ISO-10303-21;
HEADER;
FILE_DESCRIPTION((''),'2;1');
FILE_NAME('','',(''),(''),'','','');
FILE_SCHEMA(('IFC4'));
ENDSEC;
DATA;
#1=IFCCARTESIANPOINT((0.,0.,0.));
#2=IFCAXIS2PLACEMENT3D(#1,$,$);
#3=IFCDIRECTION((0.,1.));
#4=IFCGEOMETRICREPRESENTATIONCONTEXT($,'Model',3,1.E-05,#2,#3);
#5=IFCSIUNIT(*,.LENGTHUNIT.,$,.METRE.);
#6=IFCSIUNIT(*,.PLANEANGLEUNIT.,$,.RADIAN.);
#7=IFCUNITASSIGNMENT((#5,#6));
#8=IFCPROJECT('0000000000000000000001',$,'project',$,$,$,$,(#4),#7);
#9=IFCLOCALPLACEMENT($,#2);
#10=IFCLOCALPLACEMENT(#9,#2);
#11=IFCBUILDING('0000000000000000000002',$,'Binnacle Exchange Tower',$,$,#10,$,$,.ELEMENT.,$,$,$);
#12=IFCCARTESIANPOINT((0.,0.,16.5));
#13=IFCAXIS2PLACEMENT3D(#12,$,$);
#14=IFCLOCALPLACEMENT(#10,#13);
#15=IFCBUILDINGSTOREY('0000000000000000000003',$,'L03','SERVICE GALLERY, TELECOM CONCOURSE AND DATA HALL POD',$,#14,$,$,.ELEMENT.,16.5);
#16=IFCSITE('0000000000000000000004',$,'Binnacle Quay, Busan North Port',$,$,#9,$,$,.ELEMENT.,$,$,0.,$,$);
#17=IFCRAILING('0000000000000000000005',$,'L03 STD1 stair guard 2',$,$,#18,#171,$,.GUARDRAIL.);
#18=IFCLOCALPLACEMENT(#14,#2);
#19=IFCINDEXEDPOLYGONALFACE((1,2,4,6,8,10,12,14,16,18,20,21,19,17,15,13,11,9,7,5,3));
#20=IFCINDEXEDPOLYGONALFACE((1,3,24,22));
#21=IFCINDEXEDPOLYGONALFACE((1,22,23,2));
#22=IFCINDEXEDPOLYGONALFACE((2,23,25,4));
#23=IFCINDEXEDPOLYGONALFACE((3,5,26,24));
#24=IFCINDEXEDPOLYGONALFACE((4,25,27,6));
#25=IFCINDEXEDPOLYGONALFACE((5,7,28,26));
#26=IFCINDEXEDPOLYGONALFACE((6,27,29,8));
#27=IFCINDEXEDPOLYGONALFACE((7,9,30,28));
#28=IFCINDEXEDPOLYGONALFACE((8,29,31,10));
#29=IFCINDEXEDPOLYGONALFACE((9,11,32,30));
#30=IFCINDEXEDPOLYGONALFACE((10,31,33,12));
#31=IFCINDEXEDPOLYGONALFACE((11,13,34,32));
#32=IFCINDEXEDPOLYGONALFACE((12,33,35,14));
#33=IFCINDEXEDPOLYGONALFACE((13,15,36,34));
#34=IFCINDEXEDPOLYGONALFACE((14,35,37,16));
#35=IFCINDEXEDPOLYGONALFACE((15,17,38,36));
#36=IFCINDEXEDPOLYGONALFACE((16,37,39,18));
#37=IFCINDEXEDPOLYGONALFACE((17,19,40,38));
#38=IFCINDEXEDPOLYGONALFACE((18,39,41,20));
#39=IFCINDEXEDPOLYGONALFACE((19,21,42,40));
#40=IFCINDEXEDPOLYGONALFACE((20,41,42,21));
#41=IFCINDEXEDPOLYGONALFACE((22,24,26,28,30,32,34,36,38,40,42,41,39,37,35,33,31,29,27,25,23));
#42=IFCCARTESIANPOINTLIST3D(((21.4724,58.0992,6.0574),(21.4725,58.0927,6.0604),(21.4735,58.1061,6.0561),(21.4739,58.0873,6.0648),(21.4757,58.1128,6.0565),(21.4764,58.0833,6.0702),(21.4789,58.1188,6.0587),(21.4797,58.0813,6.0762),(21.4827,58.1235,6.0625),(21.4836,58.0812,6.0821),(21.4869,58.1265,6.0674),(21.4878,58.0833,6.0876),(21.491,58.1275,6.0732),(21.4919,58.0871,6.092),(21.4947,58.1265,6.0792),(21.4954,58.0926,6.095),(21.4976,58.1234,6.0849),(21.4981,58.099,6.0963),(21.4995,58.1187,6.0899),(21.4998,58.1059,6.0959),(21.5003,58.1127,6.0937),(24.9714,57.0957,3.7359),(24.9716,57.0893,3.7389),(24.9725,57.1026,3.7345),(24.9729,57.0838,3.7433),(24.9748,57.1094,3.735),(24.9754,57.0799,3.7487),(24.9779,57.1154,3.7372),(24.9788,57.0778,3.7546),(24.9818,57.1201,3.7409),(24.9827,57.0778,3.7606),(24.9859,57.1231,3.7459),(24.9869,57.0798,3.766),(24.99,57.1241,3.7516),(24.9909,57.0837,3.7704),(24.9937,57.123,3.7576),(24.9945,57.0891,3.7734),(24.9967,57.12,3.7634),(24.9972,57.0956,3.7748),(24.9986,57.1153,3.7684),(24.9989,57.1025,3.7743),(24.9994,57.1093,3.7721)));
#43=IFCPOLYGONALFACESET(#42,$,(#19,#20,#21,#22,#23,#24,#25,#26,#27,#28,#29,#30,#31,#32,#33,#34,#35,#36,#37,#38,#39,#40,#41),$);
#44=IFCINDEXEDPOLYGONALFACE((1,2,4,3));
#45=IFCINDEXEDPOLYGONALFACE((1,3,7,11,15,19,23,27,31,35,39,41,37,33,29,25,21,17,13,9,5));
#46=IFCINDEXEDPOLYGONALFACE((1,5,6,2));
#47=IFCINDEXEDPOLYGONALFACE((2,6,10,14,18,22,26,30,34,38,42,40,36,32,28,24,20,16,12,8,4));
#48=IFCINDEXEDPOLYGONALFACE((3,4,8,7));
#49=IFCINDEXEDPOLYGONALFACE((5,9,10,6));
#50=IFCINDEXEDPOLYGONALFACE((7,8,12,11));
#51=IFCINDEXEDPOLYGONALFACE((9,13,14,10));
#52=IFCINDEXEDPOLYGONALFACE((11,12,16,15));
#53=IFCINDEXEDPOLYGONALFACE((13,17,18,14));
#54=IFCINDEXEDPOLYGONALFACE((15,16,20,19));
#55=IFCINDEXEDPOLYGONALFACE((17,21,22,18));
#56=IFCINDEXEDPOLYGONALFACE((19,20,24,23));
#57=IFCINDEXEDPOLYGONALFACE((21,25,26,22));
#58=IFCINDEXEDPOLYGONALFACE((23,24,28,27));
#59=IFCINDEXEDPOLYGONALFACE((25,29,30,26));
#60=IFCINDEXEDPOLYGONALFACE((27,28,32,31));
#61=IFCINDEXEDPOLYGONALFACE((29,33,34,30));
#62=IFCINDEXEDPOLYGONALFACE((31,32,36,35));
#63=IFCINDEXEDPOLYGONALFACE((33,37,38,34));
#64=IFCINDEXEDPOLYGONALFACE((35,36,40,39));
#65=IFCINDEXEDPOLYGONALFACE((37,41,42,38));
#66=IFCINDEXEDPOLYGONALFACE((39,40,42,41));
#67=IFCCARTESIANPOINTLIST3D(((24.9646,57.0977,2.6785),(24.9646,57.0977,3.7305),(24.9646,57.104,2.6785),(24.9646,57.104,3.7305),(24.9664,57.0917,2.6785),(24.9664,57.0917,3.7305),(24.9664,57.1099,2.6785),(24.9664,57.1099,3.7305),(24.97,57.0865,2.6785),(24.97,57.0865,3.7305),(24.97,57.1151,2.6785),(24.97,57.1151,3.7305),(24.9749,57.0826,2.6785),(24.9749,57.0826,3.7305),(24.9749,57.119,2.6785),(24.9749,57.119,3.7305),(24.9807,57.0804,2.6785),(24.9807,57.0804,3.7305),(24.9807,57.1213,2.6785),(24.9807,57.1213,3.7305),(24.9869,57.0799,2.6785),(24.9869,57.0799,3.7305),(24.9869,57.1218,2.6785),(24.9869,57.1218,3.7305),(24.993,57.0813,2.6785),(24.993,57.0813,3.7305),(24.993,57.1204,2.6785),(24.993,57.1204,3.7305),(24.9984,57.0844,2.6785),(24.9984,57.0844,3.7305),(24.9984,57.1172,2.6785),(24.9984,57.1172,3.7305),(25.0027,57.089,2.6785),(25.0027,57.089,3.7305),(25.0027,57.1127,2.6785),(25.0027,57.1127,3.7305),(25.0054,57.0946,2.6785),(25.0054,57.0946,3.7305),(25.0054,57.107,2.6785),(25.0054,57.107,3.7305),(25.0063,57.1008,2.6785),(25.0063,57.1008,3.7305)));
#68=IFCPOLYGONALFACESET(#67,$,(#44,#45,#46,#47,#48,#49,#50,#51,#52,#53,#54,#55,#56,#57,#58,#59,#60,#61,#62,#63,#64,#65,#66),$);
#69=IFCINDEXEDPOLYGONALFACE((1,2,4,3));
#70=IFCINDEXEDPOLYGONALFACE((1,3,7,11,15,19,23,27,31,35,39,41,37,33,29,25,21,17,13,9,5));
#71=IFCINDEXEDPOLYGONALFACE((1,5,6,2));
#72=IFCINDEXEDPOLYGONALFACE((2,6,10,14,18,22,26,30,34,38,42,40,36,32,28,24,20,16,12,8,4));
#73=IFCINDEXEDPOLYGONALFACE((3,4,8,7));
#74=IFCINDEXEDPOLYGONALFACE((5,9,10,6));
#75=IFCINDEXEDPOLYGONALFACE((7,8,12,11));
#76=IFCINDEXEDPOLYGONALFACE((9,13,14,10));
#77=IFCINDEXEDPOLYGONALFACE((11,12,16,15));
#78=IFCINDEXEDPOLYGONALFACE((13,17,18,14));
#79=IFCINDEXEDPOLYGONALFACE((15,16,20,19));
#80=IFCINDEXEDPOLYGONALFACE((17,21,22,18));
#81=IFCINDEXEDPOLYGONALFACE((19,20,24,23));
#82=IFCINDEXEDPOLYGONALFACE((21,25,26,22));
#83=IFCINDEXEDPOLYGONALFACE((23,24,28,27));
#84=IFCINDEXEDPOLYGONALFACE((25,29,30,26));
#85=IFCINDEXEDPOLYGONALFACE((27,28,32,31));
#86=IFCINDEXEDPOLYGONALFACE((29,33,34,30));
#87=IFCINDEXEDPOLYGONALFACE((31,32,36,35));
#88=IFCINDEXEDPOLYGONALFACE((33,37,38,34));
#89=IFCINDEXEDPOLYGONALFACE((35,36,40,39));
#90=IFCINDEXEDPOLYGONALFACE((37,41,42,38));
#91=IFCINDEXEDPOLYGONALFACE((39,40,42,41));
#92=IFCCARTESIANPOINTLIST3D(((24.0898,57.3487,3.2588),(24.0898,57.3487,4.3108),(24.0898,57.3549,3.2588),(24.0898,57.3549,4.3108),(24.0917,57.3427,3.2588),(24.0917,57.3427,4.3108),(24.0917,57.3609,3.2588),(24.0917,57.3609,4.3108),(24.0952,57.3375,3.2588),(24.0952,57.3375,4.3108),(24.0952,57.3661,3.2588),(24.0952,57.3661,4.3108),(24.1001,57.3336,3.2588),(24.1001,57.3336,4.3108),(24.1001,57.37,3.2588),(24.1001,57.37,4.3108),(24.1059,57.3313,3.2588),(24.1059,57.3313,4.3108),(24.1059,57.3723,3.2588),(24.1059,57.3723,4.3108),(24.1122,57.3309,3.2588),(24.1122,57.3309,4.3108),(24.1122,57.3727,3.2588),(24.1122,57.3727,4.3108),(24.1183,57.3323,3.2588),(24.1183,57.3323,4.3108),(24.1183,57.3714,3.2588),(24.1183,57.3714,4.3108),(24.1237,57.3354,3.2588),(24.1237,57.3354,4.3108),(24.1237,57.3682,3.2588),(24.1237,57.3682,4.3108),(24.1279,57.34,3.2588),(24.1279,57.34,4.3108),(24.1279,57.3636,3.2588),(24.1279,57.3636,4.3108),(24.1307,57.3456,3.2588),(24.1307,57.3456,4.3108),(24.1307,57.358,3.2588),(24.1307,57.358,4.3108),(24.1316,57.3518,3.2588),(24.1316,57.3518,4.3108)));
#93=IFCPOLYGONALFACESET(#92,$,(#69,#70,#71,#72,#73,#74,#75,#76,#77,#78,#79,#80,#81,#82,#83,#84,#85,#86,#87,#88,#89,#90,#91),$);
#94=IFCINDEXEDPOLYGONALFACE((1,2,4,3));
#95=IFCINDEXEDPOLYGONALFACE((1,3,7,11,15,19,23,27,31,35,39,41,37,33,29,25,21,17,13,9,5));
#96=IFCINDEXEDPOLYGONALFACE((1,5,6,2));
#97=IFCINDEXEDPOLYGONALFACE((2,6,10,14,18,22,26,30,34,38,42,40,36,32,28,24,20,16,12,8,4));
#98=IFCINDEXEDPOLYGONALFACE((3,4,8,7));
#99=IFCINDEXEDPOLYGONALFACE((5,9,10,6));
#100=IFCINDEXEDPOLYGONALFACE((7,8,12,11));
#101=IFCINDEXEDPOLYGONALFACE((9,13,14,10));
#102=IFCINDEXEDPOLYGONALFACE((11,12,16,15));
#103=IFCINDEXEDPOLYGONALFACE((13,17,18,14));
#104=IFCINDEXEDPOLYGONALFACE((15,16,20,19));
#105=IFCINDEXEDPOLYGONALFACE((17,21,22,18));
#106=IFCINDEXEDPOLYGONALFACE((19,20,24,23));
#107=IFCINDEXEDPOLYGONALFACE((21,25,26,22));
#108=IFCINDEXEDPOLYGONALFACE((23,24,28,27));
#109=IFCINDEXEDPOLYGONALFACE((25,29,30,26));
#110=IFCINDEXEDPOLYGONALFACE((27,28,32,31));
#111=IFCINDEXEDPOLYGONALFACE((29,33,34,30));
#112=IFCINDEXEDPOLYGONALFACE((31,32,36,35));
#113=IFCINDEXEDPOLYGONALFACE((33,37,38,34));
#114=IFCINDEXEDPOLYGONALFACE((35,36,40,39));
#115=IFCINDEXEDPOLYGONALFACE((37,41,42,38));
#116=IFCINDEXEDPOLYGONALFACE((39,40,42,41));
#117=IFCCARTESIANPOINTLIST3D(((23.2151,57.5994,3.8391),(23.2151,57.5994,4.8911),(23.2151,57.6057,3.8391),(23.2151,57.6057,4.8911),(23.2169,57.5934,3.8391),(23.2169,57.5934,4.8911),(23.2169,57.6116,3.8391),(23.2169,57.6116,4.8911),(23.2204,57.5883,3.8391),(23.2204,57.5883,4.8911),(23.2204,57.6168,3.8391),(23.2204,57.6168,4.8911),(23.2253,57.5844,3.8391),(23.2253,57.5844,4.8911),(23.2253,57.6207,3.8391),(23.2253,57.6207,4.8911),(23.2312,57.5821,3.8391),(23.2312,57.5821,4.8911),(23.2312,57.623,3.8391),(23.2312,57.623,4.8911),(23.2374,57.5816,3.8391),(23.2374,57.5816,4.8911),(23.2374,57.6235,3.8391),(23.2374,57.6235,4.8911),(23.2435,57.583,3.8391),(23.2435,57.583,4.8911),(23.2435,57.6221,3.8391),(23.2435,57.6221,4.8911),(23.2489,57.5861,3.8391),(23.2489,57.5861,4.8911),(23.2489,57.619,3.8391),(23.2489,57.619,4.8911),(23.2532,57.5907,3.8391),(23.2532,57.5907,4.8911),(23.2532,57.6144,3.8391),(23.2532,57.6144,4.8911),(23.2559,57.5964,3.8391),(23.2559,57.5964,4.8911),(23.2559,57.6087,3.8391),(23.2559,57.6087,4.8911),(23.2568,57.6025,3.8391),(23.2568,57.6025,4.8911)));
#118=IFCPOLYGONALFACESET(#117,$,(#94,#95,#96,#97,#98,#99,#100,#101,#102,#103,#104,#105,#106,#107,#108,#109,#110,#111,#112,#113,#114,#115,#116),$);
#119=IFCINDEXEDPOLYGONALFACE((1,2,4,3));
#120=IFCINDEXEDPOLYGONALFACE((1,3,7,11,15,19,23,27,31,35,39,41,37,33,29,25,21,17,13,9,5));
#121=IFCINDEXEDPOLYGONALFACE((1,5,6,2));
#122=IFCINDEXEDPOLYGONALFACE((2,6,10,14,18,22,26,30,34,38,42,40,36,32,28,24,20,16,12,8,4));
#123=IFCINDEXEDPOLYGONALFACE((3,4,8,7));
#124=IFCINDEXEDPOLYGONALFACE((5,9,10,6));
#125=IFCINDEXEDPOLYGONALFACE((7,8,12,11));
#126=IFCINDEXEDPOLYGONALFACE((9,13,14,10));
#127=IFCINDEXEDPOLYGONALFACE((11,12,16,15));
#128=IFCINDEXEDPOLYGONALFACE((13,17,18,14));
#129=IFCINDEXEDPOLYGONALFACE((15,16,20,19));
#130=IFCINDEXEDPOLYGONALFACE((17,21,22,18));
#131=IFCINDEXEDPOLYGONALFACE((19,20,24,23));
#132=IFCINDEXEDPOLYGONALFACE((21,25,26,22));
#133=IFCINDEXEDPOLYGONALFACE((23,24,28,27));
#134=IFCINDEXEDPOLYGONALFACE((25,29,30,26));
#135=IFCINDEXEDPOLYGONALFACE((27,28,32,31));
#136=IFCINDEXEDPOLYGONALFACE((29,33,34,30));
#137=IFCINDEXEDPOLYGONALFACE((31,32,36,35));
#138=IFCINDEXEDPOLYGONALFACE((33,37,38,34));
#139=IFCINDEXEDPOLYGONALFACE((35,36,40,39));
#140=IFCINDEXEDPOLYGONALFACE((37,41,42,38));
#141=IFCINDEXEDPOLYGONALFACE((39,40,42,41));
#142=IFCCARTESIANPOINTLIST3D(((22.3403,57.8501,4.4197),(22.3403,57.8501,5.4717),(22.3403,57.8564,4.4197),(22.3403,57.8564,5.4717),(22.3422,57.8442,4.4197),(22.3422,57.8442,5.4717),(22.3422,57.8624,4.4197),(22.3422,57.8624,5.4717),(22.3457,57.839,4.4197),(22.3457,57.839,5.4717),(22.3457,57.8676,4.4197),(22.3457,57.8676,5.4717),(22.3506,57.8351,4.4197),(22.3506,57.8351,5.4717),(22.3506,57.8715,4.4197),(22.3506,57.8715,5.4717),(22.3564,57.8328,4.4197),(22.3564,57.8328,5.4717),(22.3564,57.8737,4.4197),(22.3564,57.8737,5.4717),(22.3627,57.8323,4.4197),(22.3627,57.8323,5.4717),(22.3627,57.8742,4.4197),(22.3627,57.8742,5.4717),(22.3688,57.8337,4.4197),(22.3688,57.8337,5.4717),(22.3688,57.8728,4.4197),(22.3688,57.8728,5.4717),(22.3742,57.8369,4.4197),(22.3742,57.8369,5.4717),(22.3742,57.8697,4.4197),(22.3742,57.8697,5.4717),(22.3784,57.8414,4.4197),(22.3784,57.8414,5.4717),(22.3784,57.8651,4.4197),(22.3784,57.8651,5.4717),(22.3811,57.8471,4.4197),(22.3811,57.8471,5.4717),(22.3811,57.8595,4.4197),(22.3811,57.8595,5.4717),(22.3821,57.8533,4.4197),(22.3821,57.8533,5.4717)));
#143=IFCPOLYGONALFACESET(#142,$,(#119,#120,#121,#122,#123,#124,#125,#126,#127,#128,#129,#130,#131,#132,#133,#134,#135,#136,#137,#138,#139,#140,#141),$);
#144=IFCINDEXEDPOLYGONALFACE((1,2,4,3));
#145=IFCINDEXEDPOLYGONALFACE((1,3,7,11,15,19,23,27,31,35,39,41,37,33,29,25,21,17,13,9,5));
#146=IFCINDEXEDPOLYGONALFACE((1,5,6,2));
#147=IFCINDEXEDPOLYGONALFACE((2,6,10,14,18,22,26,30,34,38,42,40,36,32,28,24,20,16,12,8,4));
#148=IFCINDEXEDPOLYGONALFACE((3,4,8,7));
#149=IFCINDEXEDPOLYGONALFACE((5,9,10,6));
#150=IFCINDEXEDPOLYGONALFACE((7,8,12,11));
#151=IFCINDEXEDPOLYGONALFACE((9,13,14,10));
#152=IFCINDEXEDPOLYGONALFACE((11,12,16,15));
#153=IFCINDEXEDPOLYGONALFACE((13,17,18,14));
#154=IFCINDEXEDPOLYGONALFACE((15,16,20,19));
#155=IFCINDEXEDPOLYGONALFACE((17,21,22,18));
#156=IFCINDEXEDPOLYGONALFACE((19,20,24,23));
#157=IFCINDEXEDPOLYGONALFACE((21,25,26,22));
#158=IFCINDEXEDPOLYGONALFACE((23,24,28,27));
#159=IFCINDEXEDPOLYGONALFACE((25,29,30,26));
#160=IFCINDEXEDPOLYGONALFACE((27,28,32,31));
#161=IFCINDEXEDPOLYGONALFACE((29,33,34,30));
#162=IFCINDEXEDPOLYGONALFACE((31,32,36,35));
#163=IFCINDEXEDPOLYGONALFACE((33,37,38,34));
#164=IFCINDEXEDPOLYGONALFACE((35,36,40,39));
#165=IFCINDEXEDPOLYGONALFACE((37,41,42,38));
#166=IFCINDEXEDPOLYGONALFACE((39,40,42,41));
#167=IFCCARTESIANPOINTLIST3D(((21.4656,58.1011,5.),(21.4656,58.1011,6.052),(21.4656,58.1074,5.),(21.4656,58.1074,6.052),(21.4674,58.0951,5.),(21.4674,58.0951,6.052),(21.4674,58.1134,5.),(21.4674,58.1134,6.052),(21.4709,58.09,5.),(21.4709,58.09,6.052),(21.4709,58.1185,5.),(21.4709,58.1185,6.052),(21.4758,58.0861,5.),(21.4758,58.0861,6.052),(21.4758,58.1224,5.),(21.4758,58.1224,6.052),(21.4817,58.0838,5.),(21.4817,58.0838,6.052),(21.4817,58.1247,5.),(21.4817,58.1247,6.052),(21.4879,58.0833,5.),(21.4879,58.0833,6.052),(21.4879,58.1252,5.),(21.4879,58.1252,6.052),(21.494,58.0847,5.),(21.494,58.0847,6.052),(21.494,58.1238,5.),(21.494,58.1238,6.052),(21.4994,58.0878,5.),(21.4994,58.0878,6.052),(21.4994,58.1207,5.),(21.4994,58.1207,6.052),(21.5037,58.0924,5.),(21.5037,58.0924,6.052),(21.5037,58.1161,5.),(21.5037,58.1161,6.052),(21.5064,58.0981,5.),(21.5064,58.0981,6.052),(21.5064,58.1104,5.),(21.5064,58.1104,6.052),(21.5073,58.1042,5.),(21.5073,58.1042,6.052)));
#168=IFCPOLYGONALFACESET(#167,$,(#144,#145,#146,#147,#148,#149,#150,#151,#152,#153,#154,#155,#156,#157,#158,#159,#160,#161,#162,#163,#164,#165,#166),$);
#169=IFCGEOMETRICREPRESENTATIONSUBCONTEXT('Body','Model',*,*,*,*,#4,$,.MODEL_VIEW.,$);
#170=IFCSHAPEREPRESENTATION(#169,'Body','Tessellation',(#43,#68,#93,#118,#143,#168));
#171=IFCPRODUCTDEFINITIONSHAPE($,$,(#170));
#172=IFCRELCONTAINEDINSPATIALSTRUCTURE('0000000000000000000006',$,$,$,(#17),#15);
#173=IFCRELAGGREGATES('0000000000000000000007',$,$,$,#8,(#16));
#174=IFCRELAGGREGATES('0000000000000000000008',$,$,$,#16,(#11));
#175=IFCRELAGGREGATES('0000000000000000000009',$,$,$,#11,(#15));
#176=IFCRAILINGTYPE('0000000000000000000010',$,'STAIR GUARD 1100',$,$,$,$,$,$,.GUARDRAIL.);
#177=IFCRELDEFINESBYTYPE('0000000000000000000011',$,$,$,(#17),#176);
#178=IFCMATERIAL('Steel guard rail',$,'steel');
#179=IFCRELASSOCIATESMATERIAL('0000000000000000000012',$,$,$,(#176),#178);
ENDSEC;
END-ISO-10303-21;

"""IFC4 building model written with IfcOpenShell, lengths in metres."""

from ifc_helpers import new_model, si_unit, direction, frame, origin, origin_2d, place, context, subcontext, project, spatial, circle, extrude, material, type_object, element, save


model = new_model("IFC4")

# Units and contexts
model_context = context("Model", 3, precision=1e-05, world=origin(), true_north=direction((0.0, 1.0)))
body_context = subcontext(model_context, "Body", "Model", "MODEL_VIEW")
ifc_project = project(units=[si_unit("LENGTHUNIT", "METRE"), si_unit("PLANEANGLEUNIT", "RADIAN")], contexts=[model_context])

# Site, building, storey
site_placement = place(None, origin())
site = spatial("IfcSite", under=ifc_project, at=site_placement, Name="Binnacle Quay, Busan North Port", CompositionType="ELEMENT", RefElevation=0.0)
building_placement = place(site_placement, origin())
building = spatial("IfcBuilding", under=site, at=building_placement, Name="Binnacle Exchange Tower", CompositionType="ELEMENT")
storey_placement = place(building_placement, frame((0.0, 0.0, 16.5)))
storey = spatial("IfcBuildingStorey", under=building, at=storey_placement, Name="L03", Description="SERVICE GALLERY, TELECOM CONCOURSE AND DATA HALL POD", CompositionType="ELEMENT", Elevation=16.5)

# Railing
ifc_material_1 = material(Name="Steel guard rail", Category="steel")
railing_type_1 = type_object("IfcRailingType", Name="STAIR GUARD 1100", PredefinedType="GUARDRAIL", material=ifc_material_1)
railing_1_placement = place(storey_placement, frame((24.9854, 57.1008, 2.6785)))
element("IfcRailing", 1, at=railing_1_placement, inside=storey, type_object=railing_type_1, Name="L03 STD1 stair guard 2", PredefinedType="GUARDRAIL", context=body_context, shape_type="SweptSolid", body=[
    extrude(circle(Radius=0.0239, at=origin_2d()), frame((0.0, 0.0, 1.0762), z_axis=(-0.810456, 0.232415, 0.537722), x_axis=(-0.27566, -0.961255, 0.0)), (0.0, 0.0, 1.0), 4.3174),
    extrude(circle(Radius=0.021, at=origin_2d()), origin(), (0.0, 0.0, 1.0), 1.052),
    extrude(circle(Radius=0.021, at=origin_2d()), frame((-0.8748, 0.251, 0.5803)), (0.0, 0.0, 1.0), 1.052),
    extrude(circle(Radius=0.021, at=origin_2d()), frame((-1.7495, 0.5017, 1.1606)), (0.0, 0.0, 1.0), 1.052),
    extrude(circle(Radius=0.021, at=origin_2d()), frame((-2.6243, 0.7524, 1.7412)), (0.0, 0.0, 1.0), 1.052),
    extrude(circle(Radius=0.021, at=origin_2d()), frame((-3.499, 1.0034, 2.3215)), (0.0, 0.0, 1.0), 1.052),
])

save(model, "model.ifc")
